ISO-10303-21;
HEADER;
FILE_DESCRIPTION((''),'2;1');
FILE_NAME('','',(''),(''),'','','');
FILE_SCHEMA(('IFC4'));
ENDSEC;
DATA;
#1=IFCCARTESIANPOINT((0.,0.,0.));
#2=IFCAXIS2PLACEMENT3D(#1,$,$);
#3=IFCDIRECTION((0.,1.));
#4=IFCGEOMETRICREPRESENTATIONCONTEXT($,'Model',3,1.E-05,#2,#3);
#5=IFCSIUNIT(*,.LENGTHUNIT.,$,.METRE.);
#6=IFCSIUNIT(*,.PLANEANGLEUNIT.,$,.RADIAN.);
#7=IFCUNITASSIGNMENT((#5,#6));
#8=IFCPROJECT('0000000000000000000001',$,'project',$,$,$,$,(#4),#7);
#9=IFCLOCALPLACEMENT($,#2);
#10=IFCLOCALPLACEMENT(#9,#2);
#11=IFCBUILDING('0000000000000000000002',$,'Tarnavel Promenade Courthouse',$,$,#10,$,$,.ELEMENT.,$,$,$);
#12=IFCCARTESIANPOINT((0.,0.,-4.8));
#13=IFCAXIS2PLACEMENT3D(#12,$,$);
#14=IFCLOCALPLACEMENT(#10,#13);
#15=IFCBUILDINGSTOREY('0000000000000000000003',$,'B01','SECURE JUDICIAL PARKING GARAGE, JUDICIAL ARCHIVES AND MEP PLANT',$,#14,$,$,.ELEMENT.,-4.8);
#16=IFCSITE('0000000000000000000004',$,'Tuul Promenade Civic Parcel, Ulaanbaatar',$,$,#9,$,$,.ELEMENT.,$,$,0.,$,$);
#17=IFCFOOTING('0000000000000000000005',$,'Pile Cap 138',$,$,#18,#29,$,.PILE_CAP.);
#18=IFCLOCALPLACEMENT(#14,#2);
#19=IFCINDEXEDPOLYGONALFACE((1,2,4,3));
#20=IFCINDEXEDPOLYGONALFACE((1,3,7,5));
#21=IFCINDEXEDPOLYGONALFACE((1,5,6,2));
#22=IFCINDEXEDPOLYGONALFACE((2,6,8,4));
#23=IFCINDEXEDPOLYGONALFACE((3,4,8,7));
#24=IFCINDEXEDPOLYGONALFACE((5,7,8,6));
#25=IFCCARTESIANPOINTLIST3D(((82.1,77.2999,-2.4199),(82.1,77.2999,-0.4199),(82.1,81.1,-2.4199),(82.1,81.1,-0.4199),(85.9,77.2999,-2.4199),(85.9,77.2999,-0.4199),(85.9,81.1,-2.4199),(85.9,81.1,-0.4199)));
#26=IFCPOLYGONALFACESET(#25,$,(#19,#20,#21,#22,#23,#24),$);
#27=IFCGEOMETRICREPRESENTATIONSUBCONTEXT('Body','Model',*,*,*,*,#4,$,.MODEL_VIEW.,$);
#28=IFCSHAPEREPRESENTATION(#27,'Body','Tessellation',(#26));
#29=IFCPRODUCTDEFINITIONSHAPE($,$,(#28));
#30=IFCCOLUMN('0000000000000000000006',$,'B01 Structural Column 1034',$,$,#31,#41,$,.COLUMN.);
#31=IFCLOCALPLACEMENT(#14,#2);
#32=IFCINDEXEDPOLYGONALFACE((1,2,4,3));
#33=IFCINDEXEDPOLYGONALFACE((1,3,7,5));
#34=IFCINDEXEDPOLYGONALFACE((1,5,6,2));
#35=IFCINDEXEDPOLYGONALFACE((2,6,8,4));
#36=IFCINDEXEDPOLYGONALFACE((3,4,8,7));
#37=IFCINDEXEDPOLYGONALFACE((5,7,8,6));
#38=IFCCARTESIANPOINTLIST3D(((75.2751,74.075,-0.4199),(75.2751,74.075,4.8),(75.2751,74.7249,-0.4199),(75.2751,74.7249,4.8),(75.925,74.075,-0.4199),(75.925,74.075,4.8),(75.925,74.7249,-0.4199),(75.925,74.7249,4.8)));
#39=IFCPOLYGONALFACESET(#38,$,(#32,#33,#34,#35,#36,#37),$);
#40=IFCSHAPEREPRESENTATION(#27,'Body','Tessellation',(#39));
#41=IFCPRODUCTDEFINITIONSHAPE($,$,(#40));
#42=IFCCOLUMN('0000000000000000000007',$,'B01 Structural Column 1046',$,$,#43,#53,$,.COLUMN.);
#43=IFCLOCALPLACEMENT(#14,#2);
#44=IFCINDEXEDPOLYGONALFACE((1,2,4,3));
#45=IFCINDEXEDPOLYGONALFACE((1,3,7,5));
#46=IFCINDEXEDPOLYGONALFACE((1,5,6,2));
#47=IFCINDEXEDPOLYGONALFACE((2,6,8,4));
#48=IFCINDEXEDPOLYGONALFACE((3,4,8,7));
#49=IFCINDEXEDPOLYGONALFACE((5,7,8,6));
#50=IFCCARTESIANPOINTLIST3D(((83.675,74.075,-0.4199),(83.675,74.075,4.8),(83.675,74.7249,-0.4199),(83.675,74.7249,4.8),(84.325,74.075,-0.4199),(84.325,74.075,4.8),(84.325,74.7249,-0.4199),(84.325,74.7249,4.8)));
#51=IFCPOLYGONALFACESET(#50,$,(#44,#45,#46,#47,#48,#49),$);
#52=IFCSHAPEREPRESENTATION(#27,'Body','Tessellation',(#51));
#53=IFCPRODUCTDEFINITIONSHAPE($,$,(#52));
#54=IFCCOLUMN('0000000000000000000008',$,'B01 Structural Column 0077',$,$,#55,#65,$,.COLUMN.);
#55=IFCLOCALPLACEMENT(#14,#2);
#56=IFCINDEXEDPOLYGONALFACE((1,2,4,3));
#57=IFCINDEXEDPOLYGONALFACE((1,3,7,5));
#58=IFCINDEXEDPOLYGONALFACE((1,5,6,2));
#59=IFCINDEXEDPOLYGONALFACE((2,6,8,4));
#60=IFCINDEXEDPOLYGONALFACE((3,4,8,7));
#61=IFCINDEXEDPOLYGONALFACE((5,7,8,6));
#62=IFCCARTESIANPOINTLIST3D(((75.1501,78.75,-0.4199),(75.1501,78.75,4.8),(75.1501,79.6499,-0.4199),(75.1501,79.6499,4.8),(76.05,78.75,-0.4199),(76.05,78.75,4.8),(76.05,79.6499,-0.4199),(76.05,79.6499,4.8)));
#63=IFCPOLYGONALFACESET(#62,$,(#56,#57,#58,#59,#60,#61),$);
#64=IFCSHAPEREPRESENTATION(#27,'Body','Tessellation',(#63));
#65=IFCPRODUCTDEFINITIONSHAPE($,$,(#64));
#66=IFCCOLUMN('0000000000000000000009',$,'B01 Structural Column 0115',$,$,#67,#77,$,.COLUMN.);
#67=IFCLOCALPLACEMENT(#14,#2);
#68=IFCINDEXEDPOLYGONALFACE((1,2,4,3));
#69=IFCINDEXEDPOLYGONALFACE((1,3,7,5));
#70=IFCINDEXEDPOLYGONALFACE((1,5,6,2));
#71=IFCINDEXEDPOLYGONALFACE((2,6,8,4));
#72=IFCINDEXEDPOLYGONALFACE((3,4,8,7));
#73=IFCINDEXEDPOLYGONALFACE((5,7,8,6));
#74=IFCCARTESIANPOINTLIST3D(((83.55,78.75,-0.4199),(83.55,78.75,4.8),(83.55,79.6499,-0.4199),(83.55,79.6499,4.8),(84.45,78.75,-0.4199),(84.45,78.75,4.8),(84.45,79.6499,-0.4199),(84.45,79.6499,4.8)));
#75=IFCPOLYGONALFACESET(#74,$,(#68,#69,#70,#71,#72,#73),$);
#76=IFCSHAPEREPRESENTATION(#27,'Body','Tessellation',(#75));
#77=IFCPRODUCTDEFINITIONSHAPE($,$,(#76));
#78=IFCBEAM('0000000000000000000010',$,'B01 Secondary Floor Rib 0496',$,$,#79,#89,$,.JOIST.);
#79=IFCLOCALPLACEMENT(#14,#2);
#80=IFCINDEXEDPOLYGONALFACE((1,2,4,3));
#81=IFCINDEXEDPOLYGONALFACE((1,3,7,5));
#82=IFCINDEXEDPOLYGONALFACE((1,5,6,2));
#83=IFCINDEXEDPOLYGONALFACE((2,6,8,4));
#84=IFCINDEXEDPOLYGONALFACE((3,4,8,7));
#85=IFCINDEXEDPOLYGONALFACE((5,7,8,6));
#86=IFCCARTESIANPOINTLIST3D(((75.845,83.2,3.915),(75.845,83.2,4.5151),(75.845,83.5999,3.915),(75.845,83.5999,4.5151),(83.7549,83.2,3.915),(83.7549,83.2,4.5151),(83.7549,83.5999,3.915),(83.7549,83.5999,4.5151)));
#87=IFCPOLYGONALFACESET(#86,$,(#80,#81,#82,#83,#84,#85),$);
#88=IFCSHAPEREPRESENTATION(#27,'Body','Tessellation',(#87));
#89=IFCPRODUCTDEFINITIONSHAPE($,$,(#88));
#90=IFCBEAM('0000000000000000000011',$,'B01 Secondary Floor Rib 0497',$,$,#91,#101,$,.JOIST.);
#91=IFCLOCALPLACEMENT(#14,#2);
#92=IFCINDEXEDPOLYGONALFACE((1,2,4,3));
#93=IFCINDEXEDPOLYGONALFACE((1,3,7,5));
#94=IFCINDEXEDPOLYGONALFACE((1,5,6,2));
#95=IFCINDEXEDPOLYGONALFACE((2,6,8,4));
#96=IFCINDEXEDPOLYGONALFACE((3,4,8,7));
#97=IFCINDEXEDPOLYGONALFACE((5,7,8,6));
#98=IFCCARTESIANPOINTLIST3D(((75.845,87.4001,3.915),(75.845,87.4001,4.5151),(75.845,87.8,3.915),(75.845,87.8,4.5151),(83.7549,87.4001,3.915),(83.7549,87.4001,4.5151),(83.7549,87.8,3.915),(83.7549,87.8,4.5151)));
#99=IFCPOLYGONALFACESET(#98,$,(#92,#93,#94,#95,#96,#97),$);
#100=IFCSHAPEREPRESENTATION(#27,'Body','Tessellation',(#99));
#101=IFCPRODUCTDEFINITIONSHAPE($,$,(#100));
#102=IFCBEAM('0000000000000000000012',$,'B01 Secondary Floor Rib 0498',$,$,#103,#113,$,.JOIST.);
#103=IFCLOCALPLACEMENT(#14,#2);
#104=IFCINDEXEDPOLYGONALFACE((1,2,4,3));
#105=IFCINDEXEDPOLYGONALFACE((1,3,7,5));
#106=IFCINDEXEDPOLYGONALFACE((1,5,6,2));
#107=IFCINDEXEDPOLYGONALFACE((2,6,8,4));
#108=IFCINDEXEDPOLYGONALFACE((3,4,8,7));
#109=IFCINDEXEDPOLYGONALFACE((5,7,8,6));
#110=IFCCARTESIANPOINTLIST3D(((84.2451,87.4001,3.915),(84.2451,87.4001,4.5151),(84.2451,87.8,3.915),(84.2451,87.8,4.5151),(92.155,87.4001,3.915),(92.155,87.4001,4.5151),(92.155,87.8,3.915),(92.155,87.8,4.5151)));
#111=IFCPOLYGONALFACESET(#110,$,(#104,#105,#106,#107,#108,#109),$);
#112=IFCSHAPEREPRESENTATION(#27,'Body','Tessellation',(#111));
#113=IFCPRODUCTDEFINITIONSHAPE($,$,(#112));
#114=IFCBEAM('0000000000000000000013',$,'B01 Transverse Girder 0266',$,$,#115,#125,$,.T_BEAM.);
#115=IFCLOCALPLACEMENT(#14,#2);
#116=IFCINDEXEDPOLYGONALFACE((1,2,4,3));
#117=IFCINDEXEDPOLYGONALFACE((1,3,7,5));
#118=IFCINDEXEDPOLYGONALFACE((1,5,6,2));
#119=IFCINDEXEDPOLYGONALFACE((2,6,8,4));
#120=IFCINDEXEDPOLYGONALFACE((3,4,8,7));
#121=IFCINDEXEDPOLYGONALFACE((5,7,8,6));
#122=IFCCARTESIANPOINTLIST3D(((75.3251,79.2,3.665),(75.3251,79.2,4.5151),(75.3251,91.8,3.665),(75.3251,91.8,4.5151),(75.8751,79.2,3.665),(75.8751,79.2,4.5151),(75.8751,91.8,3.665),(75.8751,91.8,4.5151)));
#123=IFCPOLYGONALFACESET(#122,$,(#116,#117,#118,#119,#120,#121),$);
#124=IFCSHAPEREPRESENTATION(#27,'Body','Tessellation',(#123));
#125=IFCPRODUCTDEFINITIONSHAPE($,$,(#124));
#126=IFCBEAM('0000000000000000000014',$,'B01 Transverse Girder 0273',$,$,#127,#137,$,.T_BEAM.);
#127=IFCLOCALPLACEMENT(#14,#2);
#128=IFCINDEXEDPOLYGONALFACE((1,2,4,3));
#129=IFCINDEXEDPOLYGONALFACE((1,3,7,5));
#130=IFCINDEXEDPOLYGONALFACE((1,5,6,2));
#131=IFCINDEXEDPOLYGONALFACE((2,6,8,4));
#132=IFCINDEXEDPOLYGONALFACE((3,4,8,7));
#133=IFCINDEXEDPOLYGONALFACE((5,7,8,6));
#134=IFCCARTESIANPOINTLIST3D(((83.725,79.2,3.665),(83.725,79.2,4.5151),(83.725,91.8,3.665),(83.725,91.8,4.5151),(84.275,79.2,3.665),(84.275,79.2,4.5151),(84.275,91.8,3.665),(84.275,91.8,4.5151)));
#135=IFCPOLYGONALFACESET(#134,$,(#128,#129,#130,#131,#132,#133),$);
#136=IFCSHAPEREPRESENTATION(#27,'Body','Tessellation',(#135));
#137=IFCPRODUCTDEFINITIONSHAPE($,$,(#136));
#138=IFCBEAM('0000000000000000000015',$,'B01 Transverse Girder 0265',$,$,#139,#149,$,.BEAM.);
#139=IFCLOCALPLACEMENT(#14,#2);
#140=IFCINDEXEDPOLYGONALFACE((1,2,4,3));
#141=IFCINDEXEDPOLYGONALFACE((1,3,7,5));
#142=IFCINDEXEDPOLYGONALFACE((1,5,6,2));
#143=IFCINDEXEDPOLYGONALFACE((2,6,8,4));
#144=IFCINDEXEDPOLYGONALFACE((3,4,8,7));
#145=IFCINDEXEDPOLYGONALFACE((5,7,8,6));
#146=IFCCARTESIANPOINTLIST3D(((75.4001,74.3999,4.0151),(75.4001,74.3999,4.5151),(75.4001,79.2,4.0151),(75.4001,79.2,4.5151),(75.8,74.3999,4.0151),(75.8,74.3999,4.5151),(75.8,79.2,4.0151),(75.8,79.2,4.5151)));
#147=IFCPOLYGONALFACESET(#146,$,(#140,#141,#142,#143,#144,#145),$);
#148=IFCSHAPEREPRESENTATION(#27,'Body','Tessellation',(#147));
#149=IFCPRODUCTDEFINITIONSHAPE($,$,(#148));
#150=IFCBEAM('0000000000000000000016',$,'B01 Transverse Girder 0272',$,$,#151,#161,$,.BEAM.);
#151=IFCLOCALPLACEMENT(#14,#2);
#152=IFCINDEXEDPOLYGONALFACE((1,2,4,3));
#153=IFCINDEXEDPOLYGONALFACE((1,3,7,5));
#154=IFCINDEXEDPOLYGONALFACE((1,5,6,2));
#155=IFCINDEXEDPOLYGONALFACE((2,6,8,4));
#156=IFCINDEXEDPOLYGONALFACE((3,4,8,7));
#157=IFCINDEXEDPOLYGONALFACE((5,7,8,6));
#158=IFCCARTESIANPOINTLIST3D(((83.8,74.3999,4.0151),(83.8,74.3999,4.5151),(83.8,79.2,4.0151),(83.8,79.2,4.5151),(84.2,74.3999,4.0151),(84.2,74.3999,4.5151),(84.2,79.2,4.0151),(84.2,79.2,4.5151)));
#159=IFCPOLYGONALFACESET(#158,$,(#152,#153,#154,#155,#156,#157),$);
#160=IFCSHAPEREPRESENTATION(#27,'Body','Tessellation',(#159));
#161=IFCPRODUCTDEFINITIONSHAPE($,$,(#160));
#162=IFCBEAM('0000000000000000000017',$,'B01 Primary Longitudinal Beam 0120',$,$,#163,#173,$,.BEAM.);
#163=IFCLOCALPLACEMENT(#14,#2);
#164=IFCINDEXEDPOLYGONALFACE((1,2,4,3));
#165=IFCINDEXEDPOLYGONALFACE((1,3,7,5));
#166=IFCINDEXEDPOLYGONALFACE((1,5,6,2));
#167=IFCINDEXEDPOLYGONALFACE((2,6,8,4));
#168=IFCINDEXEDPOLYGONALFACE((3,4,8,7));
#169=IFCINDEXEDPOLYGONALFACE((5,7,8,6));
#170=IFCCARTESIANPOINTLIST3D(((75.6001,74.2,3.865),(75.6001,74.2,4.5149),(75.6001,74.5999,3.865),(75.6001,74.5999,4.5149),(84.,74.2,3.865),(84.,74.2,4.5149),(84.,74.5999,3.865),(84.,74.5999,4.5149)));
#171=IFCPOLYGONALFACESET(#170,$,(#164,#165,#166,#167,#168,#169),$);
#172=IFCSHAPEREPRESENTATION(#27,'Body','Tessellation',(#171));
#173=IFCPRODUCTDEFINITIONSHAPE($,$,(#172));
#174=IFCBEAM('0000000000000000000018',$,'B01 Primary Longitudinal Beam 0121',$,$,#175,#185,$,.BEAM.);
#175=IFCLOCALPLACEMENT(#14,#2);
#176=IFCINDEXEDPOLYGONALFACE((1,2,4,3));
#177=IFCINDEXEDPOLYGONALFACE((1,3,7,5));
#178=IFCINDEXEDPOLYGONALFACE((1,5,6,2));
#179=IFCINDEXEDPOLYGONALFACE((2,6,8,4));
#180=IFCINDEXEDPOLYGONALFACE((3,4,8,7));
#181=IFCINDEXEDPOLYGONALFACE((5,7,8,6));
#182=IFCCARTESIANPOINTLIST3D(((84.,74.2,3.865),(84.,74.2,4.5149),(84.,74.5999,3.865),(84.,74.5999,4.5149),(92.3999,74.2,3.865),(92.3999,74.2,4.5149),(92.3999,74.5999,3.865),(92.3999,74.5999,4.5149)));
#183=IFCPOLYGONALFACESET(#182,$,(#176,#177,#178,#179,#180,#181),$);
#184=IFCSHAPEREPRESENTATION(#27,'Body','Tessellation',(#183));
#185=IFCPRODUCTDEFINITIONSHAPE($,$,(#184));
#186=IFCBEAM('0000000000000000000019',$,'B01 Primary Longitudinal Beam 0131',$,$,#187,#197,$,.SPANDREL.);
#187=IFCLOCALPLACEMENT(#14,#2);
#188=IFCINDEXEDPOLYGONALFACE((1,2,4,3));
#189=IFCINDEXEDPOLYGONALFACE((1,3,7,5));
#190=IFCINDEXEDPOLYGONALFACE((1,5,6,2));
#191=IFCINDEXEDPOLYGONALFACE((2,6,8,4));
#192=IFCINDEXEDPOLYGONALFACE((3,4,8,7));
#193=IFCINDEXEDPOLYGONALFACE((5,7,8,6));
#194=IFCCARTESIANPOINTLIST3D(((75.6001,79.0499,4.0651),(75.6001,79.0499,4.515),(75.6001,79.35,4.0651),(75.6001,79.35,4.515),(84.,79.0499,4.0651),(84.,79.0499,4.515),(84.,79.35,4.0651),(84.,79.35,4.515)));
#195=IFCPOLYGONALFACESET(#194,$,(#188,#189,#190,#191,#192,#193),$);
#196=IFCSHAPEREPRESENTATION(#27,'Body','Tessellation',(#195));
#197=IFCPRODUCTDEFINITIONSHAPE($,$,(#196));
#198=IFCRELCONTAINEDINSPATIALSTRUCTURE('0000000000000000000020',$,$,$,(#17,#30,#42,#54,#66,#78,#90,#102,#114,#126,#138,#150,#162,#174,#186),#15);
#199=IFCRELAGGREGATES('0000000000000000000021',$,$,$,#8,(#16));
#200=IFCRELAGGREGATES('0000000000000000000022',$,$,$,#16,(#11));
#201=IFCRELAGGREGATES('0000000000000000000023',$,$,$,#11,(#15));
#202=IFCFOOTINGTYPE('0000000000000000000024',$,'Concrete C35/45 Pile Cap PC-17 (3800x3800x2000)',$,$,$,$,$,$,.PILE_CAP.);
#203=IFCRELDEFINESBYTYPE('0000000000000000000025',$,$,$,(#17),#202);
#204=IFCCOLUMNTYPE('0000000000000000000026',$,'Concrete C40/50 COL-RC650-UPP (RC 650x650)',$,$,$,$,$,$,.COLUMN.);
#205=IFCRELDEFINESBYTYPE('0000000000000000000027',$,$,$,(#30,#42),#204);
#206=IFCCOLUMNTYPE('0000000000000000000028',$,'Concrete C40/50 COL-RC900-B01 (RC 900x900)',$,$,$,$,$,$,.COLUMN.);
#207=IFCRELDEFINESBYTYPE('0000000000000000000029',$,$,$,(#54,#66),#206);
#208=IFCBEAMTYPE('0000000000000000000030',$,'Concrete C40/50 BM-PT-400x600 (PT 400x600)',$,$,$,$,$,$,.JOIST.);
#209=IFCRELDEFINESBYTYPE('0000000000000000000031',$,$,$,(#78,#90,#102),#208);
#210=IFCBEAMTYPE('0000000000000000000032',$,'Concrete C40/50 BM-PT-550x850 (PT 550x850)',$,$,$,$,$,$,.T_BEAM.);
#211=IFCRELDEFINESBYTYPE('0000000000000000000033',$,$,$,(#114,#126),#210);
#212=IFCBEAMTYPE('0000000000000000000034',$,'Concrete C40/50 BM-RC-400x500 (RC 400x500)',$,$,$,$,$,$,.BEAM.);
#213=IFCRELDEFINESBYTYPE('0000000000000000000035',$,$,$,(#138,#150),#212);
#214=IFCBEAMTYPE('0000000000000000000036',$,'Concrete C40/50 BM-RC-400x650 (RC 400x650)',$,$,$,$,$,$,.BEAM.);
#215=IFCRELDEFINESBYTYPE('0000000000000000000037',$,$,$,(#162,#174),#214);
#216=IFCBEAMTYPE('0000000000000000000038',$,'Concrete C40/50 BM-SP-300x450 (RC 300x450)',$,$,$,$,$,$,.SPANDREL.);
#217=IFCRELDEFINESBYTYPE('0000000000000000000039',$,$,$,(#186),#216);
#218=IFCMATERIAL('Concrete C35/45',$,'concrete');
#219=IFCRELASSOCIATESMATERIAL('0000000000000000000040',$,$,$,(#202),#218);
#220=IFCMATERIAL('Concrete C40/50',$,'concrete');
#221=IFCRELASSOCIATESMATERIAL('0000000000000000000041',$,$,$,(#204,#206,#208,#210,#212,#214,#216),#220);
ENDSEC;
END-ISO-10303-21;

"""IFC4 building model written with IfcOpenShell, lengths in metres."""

from ifc_helpers import new_model, si_unit, direction, frame, origin, origin_2d, place, context, subcontext, project, spatial, rectangle, extrude, material, material_profile, profile_set, type_object, element, save


model = new_model("IFC4")

# Units and contexts
model_context = context("Model", 3, precision=1e-05, world=origin(), true_north=direction((0.0, 1.0)))
body_context = subcontext(model_context, "Body", "Model", "MODEL_VIEW")
ifc_project = project(units=[si_unit("LENGTHUNIT", "METRE"), si_unit("PLANEANGLEUNIT", "RADIAN")], contexts=[model_context])

# Site, building, storey
site_placement = place(None, origin())
site = spatial("IfcSite", under=ifc_project, at=site_placement, Name="Tuul Promenade Civic Parcel, Ulaanbaatar", CompositionType="ELEMENT", RefElevation=0.0)
building_placement = place(site_placement, origin())
building = spatial("IfcBuilding", under=site, at=building_placement, Name="Tarnavel Promenade Courthouse", CompositionType="ELEMENT")
storey_placement = place(building_placement, frame((0.0, 0.0, -4.8)))
storey = spatial("IfcBuildingStorey", under=building, at=storey_placement, Name="B01", Description="SECURE JUDICIAL PARKING GARAGE, JUDICIAL ARCHIVES AND MEP PLANT", CompositionType="ELEMENT", Elevation=-4.8)

# Footing
ifc_material_1 = material(Name="Concrete C35/45", Category="concrete")
footing_type_1 = type_object("IfcFootingType", Name="Concrete C35/45 Pile Cap PC-17 (3800x3800x2000)", PredefinedType="PILE_CAP", material=ifc_material_1)
footing_1_placement = place(storey_placement, frame((84.0, 79.2, -2.4199), z_axis=(0.0, 0.0, 1.0), x_axis=(1.0, 0.0, 0.0)))
element("IfcFooting", 1, at=footing_1_placement, inside=storey, type_object=footing_type_1, Name="Pile Cap 138", PredefinedType="PILE_CAP", context=body_context, shape_type="SweptSolid", body=[
    extrude(rectangle(XDim=3.8, YDim=3.8, at=origin_2d()), origin(), (0.0, 0.0, 1.0), 2.0),
])

# Columns
ifc_material_2 = material(Name="Concrete C40/50", Category="concrete")
ifc_material_profile_1 = material_profile(ifc_material_2, rectangle(XDim=0.6499, YDim=0.6499, at=origin_2d()), Name="RC 650x650")
ifc_profile_set_1 = profile_set([ifc_material_profile_1], Name="Concrete C40/50")
column_type_1 = type_object("IfcColumnType", Name="Concrete C40/50 COL-RC650-UPP (RC 650x650)", PredefinedType="COLUMN", material=ifc_profile_set_1)
for number, where, z_axis, x_axis, name in (
    (2, (75.6001, 74.3999, -0.4199), (0.0, 0.0, 1.0), (1.0, 0.0, 0.0), "B01 Structural Column 1034"),
    (3, (84.0, 74.3999, -0.4199), (0.0, 0.0, 1.0), (1.0, 0.0, 0.0), "B01 Structural Column 1046"),
):
    element("IfcColumn", number, at=place(storey_placement, frame(where, z_axis=z_axis, x_axis=x_axis)), inside=storey, type_object=column_type_1, Name=name, PredefinedType="COLUMN", context=body_context, shape_type="SweptSolid", body=[
        extrude(rectangle(XDim=0.6499, YDim=0.6499, at=origin_2d()), origin(), (0.0, 0.0, 1.0), 5.22),
    ])
ifc_material_profile_2 = material_profile(ifc_material_2, rectangle(XDim=0.8999, YDim=0.8999, at=origin_2d()), Name="RC 900x900")
ifc_profile_set_2 = profile_set([ifc_material_profile_2], Name="Concrete C40/50")
column_type_2 = type_object("IfcColumnType", Name="Concrete C40/50 COL-RC900-B01 (RC 900x900)", PredefinedType="COLUMN", material=ifc_profile_set_2)
for number, where, z_axis, x_axis, name in (
    (4, (75.6001, 79.2, -0.4199), (0.0, 0.0, 1.0), (1.0, 0.0, 0.0), "B01 Structural Column 0077"),
    (5, (84.0, 79.2, -0.4199), (0.0, 0.0, 1.0), (1.0, 0.0, 0.0), "B01 Structural Column 0115"),
):
    element("IfcColumn", number, at=place(storey_placement, frame(where, z_axis=z_axis, x_axis=x_axis)), inside=storey, type_object=column_type_2, Name=name, PredefinedType="COLUMN", context=body_context, shape_type="SweptSolid", body=[
        extrude(rectangle(XDim=0.8999, YDim=0.8999, at=origin_2d()), origin(), (0.0, 0.0, 1.0), 5.22),
    ])

# Beams
ifc_material_profile_3 = material_profile(ifc_material_2, rectangle(XDim=0.3999, YDim=0.6001, at=origin_2d()), Name="PT 400x600")
ifc_profile_set_3 = profile_set([ifc_material_profile_3], Name="Concrete C40/50")
beam_type_1 = type_object("IfcBeamType", Name="Concrete C40/50 BM-PT-400x600 (PT 400x600)", PredefinedType="JOIST", material=ifc_profile_set_3)
for number, where, z_axis, x_axis, name in (
    (6, (75.845, 83.3999, 4.2151), (1.0, 0.0, 0.0), (0.0, 1.0, 0.0), "B01 Secondary Floor Rib 0496"),
    (7, (75.845, 87.6001, 4.2151), (1.0, 0.0, 0.0), (0.0, 1.0, 0.0), "B01 Secondary Floor Rib 0497"),
    (8, (84.2451, 87.6001, 4.2151), (1.0, 0.0, 0.0), (0.0, 1.0, 0.0), "B01 Secondary Floor Rib 0498"),
):
    element("IfcBeam", number, at=place(storey_placement, frame(where, z_axis=z_axis, x_axis=x_axis)), inside=storey, type_object=beam_type_1, Name=name, PredefinedType="JOIST", context=body_context, shape_type="SweptSolid", body=[
        extrude(rectangle(XDim=0.3999, YDim=0.6001, at=origin_2d()), origin(), (0.0, 0.0, 1.0), 7.9099),
    ])
ifc_material_profile_4 = material_profile(ifc_material_2, rectangle(XDim=0.55, YDim=0.8501, at=origin_2d()), Name="PT 550x850")
ifc_profile_set_4 = profile_set([ifc_material_profile_4], Name="Concrete C40/50")
beam_type_2 = type_object("IfcBeamType", Name="Concrete C40/50 BM-PT-550x850 (PT 550x850)", PredefinedType="T_BEAM", material=ifc_profile_set_4)
for number, where, z_axis, x_axis, name in (
    (9, (75.6001, 79.2, 4.0901), (0.0, 1.0, 0.0), (-1.0, 0.0, 0.0), "B01 Transverse Girder 0266"),
    (10, (84.0, 79.2, 4.0901), (0.0, 1.0, 0.0), (-1.0, 0.0, 0.0), "B01 Transverse Girder 0273"),
):
    element("IfcBeam", number, at=place(storey_placement, frame(where, z_axis=z_axis, x_axis=x_axis)), inside=storey, type_object=beam_type_2, Name=name, PredefinedType="T_BEAM", context=body_context, shape_type="SweptSolid", body=[
        extrude(rectangle(XDim=0.55, YDim=0.8501, at=origin_2d()), origin(), (0.0, 0.0, 1.0), 12.6001),
    ])
ifc_material_profile_5 = material_profile(ifc_material_2, rectangle(XDim=0.3999, YDim=0.5, at=origin_2d()), Name="RC 400x500")
ifc_profile_set_5 = profile_set([ifc_material_profile_5], Name="Concrete C40/50")
beam_type_3 = type_object("IfcBeamType", Name="Concrete C40/50 BM-RC-400x500 (RC 400x500)", PredefinedType="BEAM", material=ifc_profile_set_5)
for number, where, z_axis, x_axis, name in (
    (11, (75.6001, 74.3999, 4.2651), (0.0, 1.0, 0.0), (-1.0, 0.0, 0.0), "B01 Transverse Girder 0265"),
    (12, (84.0, 74.3999, 4.2651), (0.0, 1.0, 0.0), (-1.0, 0.0, 0.0), "B01 Transverse Girder 0272"),
):
    element("IfcBeam", number, at=place(storey_placement, frame(where, z_axis=z_axis, x_axis=x_axis)), inside=storey, type_object=beam_type_3, Name=name, PredefinedType="BEAM", context=body_context, shape_type="SweptSolid", body=[
        extrude(rectangle(XDim=0.3999, YDim=0.5, at=origin_2d()), origin(), (0.0, 0.0, 1.0), 4.8),
    ])
ifc_material_profile_6 = material_profile(ifc_material_2, rectangle(XDim=0.3999, YDim=0.6499, at=origin_2d()), Name="RC 400x650")
ifc_profile_set_6 = profile_set([ifc_material_profile_6], Name="Concrete C40/50")
beam_type_4 = type_object("IfcBeamType", Name="Concrete C40/50 BM-RC-400x650 (RC 400x650)", PredefinedType="BEAM", material=ifc_profile_set_6)
for number, where, z_axis, x_axis, name in (
    (13, (75.6001, 74.3999, 4.1899), (1.0, 0.0, 0.0), (0.0, 1.0, 0.0), "B01 Primary Longitudinal Beam 0120"),
    (14, (84.0, 74.3999, 4.1899), (1.0, 0.0, 0.0), (0.0, 1.0, 0.0), "B01 Primary Longitudinal Beam 0121"),
):
    element("IfcBeam", number, at=place(storey_placement, frame(where, z_axis=z_axis, x_axis=x_axis)), inside=storey, type_object=beam_type_4, Name=name, PredefinedType="BEAM", context=body_context, shape_type="SweptSolid", body=[
        extrude(rectangle(XDim=0.3999, YDim=0.6499, at=origin_2d()), origin(), (0.0, 0.0, 1.0), 8.3999),
    ])
ifc_material_profile_7 = material_profile(ifc_material_2, rectangle(XDim=0.3, YDim=0.45, at=origin_2d()), Name="RC 300x450")
ifc_profile_set_7 = profile_set([ifc_material_profile_7], Name="Concrete C40/50")
beam_type_5 = type_object("IfcBeamType", Name="Concrete C40/50 BM-SP-300x450 (RC 300x450)", PredefinedType="SPANDREL", material=ifc_profile_set_7)
for number, where, z_axis, x_axis, name in (
    (15, (75.6001, 79.2, 4.29), (1.0, 0.0, 0.0), (0.0, 1.0, 0.0), "B01 Primary Longitudinal Beam 0131"),
):
    element("IfcBeam", number, at=place(storey_placement, frame(where, z_axis=z_axis, x_axis=x_axis)), inside=storey, type_object=beam_type_5, Name=name, PredefinedType="SPANDREL", context=body_context, shape_type="SweptSolid", body=[
        extrude(rectangle(XDim=0.3, YDim=0.45, at=origin_2d()), origin(), (0.0, 0.0, 1.0), 8.3999),
    ])

save(model, "model.ifc")
